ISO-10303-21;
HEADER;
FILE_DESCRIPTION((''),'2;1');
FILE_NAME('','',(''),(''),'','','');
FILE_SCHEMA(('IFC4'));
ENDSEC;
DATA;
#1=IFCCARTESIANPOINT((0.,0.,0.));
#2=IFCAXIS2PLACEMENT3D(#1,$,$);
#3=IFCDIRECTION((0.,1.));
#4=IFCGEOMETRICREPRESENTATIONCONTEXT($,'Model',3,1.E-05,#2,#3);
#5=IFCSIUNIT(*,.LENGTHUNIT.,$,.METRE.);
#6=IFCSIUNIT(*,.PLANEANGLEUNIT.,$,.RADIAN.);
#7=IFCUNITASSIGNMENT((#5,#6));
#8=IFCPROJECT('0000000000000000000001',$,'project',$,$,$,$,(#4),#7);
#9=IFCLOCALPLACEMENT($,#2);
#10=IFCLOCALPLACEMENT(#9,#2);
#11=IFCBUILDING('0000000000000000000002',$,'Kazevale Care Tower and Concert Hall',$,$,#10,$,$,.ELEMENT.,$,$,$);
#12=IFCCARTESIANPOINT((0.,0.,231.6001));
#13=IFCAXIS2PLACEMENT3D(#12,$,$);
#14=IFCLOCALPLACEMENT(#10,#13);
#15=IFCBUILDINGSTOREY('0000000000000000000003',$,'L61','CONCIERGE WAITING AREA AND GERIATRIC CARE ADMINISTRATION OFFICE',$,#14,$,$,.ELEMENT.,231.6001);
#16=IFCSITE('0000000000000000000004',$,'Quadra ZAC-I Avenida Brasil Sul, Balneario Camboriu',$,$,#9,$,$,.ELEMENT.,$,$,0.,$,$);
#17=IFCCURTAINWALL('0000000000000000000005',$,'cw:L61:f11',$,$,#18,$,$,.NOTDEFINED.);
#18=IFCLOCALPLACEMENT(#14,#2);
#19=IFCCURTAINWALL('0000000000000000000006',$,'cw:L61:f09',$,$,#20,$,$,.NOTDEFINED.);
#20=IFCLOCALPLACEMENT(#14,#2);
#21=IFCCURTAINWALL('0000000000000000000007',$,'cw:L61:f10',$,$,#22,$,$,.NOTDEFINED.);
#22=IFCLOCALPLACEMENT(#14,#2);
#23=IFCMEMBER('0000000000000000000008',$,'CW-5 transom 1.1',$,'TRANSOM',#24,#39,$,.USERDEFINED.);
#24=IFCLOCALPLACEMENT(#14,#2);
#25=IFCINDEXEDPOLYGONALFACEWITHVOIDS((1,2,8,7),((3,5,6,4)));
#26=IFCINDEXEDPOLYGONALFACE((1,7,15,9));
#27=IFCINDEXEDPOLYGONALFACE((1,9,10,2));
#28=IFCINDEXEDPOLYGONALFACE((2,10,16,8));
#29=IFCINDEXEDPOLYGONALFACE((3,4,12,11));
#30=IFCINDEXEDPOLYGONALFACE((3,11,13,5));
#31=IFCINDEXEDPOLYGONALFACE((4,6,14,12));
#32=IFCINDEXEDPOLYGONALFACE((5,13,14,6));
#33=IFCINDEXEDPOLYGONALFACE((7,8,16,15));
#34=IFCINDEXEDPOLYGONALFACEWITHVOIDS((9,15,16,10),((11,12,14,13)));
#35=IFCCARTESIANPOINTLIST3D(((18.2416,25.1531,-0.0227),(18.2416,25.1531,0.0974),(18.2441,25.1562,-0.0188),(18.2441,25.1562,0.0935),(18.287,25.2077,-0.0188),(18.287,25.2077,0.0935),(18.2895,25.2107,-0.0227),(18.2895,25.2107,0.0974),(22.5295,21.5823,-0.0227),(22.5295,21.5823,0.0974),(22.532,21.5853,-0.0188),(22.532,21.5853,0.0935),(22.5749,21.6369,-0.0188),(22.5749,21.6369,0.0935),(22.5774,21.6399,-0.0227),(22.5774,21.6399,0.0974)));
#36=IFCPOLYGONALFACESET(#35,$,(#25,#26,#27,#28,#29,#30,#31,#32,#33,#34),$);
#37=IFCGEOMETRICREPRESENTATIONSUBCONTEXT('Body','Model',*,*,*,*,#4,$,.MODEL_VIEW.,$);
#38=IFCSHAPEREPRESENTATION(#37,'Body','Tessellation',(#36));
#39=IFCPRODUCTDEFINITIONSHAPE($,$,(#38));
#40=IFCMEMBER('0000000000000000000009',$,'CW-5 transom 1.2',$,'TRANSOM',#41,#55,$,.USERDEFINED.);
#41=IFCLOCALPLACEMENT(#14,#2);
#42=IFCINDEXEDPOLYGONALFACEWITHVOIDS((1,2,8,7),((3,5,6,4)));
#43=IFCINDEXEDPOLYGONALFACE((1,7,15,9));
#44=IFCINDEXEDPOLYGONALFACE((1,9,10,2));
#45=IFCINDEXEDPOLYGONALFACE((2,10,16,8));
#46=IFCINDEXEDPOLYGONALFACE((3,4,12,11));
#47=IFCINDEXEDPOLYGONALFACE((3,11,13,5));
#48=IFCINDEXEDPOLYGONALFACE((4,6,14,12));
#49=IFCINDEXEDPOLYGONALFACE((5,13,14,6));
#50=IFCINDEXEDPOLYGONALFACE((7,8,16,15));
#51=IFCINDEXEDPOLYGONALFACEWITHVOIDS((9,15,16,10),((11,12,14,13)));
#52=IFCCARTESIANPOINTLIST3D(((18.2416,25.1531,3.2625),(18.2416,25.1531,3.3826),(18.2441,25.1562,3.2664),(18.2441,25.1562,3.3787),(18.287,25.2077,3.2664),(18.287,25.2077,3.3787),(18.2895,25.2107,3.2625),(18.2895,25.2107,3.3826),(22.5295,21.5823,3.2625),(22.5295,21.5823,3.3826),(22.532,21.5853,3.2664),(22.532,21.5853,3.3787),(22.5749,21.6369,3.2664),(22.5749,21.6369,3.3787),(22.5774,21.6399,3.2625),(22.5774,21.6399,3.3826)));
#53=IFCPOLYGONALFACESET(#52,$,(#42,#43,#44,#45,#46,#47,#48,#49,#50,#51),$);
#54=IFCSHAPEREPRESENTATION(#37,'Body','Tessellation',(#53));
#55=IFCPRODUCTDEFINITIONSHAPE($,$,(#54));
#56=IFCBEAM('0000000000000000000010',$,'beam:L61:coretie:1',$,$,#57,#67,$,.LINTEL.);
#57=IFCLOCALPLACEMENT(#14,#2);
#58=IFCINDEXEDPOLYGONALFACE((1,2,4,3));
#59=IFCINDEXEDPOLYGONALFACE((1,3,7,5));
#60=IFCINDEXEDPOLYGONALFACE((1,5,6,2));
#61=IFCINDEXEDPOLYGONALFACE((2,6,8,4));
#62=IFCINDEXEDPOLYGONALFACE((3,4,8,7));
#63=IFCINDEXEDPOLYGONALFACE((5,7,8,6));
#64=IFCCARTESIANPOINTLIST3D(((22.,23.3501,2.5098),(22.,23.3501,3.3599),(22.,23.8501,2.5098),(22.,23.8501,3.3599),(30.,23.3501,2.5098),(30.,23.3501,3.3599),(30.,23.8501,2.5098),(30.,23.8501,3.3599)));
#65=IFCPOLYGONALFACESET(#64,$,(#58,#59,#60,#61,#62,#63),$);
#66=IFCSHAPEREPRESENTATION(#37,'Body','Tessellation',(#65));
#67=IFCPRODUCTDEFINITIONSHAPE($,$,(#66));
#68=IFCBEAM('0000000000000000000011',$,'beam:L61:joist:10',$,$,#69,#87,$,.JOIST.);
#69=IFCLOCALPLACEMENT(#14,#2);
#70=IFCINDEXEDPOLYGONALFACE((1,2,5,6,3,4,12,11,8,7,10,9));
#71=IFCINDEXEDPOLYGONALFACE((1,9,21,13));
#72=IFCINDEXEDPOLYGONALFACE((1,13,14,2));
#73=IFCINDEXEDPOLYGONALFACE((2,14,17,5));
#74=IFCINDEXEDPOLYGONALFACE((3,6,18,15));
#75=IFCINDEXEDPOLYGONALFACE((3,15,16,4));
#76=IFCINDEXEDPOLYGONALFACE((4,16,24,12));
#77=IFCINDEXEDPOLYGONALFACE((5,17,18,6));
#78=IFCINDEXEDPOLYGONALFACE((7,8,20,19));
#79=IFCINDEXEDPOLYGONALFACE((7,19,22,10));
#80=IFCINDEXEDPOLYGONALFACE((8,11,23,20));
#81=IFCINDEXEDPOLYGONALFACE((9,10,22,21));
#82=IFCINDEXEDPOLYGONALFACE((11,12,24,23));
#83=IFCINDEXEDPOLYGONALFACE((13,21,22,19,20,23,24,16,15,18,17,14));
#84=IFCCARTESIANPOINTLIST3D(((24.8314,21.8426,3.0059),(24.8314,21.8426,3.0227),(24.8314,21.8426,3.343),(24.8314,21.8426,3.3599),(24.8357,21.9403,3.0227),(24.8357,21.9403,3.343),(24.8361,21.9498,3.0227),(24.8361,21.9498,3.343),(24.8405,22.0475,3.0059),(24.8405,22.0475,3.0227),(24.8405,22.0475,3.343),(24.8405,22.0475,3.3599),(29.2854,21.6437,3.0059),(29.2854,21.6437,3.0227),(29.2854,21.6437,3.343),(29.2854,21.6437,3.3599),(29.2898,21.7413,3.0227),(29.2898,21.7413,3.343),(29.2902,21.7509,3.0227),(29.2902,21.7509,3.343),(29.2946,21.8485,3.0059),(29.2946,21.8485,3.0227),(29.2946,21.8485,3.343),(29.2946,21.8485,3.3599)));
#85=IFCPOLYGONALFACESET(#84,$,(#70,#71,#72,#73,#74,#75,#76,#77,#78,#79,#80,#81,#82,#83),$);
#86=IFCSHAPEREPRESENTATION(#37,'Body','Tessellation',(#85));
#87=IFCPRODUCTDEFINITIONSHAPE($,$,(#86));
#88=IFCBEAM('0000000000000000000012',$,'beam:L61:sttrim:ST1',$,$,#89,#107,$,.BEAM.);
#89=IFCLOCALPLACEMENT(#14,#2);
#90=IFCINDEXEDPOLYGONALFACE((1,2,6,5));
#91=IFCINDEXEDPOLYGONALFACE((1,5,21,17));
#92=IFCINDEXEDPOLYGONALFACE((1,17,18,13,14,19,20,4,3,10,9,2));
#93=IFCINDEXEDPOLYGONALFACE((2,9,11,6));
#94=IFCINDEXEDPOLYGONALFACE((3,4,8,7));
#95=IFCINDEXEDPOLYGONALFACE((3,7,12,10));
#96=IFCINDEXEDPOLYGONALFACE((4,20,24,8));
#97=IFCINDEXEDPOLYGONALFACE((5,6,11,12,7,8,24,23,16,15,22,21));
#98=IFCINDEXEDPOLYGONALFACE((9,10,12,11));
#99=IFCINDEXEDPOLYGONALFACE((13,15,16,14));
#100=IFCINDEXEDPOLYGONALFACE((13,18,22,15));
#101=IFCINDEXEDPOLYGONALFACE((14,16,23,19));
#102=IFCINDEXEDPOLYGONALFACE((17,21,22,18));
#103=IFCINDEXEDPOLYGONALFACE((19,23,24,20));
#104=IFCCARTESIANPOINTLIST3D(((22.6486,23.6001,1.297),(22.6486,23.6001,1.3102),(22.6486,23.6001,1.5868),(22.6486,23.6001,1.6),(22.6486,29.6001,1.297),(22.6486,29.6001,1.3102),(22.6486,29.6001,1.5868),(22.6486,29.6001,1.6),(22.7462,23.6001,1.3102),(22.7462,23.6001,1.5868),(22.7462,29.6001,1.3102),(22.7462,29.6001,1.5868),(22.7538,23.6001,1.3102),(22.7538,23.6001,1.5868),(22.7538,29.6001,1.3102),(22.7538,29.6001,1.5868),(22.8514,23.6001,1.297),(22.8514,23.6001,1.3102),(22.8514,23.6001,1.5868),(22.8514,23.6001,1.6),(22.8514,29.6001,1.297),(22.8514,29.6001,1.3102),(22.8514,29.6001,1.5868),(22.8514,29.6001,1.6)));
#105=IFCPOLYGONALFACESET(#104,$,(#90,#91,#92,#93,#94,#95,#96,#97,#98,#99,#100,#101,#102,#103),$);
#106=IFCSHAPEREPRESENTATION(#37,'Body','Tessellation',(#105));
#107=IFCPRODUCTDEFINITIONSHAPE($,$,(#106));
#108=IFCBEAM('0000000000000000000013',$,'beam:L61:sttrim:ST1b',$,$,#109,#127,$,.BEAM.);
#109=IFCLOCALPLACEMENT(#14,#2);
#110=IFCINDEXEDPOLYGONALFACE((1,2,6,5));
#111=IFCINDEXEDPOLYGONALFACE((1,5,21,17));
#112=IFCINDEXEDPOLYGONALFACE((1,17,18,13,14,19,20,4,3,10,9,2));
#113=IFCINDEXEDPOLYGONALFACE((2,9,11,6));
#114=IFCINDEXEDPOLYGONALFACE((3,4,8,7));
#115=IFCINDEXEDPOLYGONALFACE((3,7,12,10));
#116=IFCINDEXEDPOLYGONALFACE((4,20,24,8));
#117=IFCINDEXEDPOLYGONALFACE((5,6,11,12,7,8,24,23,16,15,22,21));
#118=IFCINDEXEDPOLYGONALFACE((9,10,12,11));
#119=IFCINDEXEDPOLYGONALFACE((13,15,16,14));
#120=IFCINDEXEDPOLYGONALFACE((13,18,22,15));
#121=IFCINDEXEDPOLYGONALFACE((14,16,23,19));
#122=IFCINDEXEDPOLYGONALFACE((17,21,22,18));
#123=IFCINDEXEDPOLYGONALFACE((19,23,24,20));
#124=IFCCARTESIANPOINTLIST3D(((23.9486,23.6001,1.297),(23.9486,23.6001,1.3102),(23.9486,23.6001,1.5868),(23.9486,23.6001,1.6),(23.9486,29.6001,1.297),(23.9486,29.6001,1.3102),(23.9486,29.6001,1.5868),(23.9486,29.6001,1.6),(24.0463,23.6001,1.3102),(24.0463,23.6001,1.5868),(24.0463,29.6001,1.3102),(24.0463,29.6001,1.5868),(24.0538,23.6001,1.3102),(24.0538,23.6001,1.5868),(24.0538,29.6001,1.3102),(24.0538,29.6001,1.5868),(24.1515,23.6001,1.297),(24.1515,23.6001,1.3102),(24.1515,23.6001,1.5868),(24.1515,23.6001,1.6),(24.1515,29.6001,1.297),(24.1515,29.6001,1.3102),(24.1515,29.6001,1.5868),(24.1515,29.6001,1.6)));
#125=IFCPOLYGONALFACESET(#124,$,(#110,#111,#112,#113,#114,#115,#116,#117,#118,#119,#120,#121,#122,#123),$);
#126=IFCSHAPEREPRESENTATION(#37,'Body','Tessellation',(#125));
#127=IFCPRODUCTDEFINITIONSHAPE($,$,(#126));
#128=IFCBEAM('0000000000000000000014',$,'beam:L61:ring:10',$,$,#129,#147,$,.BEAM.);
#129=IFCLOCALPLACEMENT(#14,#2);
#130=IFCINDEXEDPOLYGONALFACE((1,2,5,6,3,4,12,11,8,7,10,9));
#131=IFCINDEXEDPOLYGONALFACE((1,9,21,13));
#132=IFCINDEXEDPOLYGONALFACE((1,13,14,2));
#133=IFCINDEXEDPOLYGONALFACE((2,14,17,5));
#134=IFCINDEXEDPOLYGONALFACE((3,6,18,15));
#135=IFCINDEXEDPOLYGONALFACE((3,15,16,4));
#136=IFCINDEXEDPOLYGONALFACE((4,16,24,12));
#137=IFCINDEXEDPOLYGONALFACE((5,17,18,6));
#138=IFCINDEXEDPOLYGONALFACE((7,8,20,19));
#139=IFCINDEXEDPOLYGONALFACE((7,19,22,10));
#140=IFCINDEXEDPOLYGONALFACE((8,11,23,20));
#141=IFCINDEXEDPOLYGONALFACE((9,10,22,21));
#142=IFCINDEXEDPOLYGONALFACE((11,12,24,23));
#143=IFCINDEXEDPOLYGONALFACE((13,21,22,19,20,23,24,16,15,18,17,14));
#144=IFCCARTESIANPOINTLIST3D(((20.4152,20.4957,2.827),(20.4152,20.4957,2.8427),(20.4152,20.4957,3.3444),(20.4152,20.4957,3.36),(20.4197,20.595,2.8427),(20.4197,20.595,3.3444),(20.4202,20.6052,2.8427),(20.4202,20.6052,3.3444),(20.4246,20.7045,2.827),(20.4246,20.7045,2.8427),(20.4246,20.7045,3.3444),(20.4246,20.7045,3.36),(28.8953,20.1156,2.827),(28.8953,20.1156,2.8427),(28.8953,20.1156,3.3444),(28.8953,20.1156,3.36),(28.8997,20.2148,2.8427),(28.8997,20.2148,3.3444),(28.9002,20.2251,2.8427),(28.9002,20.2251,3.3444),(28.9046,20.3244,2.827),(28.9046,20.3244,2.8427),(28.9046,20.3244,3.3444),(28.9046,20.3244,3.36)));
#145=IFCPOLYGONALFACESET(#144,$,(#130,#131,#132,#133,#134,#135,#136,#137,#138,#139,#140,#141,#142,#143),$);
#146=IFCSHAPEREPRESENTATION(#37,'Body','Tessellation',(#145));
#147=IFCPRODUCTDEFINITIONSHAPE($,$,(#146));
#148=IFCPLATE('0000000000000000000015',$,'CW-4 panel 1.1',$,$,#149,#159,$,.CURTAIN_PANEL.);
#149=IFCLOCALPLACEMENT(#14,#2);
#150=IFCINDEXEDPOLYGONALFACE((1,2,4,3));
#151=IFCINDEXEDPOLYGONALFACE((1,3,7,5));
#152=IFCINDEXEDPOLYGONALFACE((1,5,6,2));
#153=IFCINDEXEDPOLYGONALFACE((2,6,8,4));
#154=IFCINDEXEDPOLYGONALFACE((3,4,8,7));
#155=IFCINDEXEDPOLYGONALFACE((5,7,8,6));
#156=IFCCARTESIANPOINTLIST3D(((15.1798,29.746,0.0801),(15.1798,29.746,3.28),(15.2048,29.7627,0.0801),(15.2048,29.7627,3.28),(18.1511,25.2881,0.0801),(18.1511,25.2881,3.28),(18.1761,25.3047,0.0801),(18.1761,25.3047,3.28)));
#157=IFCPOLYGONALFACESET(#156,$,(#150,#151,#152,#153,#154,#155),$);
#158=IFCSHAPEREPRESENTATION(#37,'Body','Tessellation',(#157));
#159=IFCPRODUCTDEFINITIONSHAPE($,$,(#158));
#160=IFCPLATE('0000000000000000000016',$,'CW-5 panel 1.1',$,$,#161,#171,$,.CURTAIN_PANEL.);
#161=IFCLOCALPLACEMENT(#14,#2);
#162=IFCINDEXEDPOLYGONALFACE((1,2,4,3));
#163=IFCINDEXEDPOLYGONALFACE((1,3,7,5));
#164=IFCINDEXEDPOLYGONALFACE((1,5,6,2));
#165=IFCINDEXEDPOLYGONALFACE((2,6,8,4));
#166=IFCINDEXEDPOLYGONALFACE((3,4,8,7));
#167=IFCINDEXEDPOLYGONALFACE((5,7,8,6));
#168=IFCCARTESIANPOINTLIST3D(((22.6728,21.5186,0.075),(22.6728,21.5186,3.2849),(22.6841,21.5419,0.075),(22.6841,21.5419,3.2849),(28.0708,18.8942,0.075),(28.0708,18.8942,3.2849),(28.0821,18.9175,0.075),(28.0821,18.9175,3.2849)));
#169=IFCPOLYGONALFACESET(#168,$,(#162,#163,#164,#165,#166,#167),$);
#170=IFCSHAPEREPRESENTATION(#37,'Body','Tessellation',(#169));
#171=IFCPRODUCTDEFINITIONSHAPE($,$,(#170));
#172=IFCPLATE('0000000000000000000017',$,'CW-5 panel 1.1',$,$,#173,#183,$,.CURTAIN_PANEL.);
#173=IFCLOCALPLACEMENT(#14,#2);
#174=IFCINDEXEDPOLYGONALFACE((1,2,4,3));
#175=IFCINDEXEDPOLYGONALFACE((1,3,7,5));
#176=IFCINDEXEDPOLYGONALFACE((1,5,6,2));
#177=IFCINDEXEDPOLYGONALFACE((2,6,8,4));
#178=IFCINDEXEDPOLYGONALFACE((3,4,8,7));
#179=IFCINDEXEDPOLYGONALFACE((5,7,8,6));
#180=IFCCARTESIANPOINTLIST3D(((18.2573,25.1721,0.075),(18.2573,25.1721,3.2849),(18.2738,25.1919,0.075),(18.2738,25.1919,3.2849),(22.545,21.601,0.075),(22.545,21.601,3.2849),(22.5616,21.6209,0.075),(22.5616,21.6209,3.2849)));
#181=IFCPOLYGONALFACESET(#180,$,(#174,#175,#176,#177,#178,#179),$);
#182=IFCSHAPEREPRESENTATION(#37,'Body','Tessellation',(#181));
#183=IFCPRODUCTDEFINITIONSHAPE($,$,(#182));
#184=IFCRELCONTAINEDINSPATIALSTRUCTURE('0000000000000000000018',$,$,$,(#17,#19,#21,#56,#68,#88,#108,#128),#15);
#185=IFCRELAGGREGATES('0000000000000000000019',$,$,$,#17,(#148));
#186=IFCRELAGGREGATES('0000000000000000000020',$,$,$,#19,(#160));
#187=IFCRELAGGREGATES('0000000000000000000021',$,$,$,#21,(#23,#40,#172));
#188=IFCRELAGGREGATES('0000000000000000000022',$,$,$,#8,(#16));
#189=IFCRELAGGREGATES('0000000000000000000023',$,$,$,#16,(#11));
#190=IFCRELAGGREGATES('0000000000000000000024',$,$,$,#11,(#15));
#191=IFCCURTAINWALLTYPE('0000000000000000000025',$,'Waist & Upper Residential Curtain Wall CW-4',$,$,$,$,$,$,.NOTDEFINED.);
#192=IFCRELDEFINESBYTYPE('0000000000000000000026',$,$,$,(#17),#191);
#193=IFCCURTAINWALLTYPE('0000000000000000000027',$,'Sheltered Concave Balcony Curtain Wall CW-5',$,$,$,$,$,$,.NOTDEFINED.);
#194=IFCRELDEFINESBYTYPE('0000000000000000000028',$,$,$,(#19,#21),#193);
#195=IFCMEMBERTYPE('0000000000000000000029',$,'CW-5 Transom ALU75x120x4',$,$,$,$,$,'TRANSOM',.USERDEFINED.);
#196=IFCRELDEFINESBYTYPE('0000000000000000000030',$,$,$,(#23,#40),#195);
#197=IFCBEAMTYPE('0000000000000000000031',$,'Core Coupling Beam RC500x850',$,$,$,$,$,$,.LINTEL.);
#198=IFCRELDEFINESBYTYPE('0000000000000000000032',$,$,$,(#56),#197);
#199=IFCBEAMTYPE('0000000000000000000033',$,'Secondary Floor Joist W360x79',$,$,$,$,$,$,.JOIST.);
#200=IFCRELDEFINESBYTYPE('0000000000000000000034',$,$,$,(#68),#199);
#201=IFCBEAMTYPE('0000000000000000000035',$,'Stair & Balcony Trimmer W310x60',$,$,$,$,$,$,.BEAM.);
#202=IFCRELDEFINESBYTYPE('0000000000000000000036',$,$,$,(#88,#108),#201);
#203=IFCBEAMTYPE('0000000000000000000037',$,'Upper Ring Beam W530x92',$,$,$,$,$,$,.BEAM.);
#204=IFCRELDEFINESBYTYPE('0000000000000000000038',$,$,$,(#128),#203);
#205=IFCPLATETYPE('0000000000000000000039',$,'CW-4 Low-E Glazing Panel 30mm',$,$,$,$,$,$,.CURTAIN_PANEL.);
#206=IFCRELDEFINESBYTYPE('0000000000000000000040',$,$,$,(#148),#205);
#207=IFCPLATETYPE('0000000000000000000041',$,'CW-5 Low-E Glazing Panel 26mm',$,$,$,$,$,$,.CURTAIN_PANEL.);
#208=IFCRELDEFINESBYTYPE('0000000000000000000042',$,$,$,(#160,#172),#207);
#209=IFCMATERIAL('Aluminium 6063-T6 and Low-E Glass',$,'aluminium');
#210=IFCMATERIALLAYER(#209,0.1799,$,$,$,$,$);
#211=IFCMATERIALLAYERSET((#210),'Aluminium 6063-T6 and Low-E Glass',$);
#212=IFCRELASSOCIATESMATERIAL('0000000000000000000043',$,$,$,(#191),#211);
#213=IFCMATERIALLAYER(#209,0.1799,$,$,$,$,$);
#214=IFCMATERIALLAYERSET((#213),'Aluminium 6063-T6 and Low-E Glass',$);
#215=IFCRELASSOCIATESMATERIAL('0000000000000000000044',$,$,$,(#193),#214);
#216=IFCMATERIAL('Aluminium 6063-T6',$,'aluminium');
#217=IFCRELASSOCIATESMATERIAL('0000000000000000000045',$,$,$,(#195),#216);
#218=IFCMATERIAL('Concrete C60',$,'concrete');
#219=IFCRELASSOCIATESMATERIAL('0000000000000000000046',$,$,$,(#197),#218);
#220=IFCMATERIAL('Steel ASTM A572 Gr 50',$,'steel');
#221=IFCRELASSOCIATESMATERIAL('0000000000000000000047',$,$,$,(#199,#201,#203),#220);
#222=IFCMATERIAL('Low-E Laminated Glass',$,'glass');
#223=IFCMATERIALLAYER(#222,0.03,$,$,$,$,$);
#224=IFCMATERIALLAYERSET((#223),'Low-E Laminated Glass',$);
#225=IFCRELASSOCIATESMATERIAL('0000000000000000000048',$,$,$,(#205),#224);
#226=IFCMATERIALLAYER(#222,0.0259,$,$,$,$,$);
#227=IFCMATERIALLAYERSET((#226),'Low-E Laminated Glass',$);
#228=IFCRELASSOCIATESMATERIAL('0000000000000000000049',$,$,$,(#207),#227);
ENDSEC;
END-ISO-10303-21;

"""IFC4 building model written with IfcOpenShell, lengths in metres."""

from ifc_helpers import new_model, si_unit, direction, frame, origin, origin_2d, place, context, subcontext, project, spatial, rectangle, hollow_rectangle, i_section, extrude, material, layer, layer_set, material_profile, profile_set, type_object, element, aggregate, save


model = new_model("IFC4")

# Units and contexts
model_context = context("Model", 3, precision=1e-05, world=origin(), true_north=direction((0.0, 1.0)))
body_context = subcontext(model_context, "Body", "Model", "MODEL_VIEW")
ifc_project = project(units=[si_unit("LENGTHUNIT", "METRE"), si_unit("PLANEANGLEUNIT", "RADIAN")], contexts=[model_context])

# Site, building, storey
site_placement = place(None, origin())
site = spatial("IfcSite", under=ifc_project, at=site_placement, Name="Quadra ZAC-I Avenida Brasil Sul, Balneario Camboriu", CompositionType="ELEMENT", RefElevation=0.0)
building_placement = place(site_placement, origin())
building = spatial("IfcBuilding", under=site, at=building_placement, Name="Kazevale Care Tower and Concert Hall", CompositionType="ELEMENT")
storey_placement = place(building_placement, frame((0.0, 0.0, 231.6001)))
storey = spatial("IfcBuildingStorey", under=building, at=storey_placement, Name="L61", Description="CONCIERGE WAITING AREA AND GERIATRIC CARE ADMINISTRATION OFFICE", CompositionType="ELEMENT", Elevation=231.6001)

# Curtain wall
ifc_material_1 = material(Name="Aluminium 6063-T6 and Low-E Glass", Category="aluminium")
ifc_layer_1 = layer(ifc_material_1, 0.1799)
ifc_layer_set_1 = layer_set([ifc_layer_1], Name="Aluminium 6063-T6 and Low-E Glass")
curtain_wall_type_1 = type_object("IfcCurtainWallType", Name="Waist & Upper Residential Curtain Wall CW-4", PredefinedType="NOTDEFINED", material=ifc_layer_set_1)
curtain_wall_1_placement = place(storey_placement, origin())
curtain_wall_1 = element("IfcCurtainWall", 1, at=curtain_wall_1_placement, inside=storey, type_object=curtain_wall_type_1, Name="cw:L61:f11", PredefinedType="NOTDEFINED")
ifc_material_2 = material(Name="Aluminium 6063-T6", Category="aluminium")

# Curtain wall
ifc_layer_2 = layer(ifc_material_1, 0.1799)
ifc_layer_set_2 = layer_set([ifc_layer_2], Name="Aluminium 6063-T6 and Low-E Glass")
curtain_wall_type_2 = type_object("IfcCurtainWallType", Name="Sheltered Concave Balcony Curtain Wall CW-5", PredefinedType="NOTDEFINED", material=ifc_layer_set_2)
curtain_wall_2_placement = place(storey_placement, origin())
curtain_wall_2 = element("IfcCurtainWall", 2, at=curtain_wall_2_placement, inside=storey, type_object=curtain_wall_type_2, Name="cw:L61:f09", PredefinedType="NOTDEFINED")

# Curtain wall, members
curtain_wall_3_placement = place(storey_placement, origin())
curtain_wall_3 = element("IfcCurtainWall", 3, at=curtain_wall_3_placement, inside=storey, type_object=curtain_wall_type_2, Name="cw:L61:f10", PredefinedType="NOTDEFINED")
ifc_material_profile_1 = material_profile(ifc_material_2, hollow_rectangle(XDim=0.075, YDim=0.1201, WallThickness=0.0039, at=origin_2d()), Name="ALU75x120x4")
ifc_profile_set_1 = profile_set([ifc_material_profile_1], Name="Aluminium 6063-T6")
member_type_1 = type_object("IfcMemberType", Name="CW-5 Transom ALU75x120x4", ElementType="TRANSOM", PredefinedType="USERDEFINED", material=ifc_profile_set_1)
member_1_placement = place(storey_placement, frame((22.5535, 21.6111, 0.0374), z_axis=(-0.768433, 0.63993, 0.0), x_axis=(-0.63993, -0.768433, 0.0)))
member_1 = element("IfcMember", 4, at=member_1_placement, type_object=member_type_1, Name="CW-5 transom 1.1", ObjectType="TRANSOM", PredefinedType="USERDEFINED", context=body_context, shape_type="SweptSolid", body=[
    extrude(hollow_rectangle(XDim=0.075, YDim=0.1201, WallThickness=0.0039, at=origin_2d()), origin(), (0.0, 0.0, 1.0), 5.5801),
])
member_2_placement = place(storey_placement, frame((22.5535, 21.6111, 3.3225), z_axis=(-0.768433, 0.63993, 0.0), x_axis=(-0.63993, -0.768433, 0.0)))
member_2 = element("IfcMember", 5, at=member_2_placement, type_object=member_type_1, Name="CW-5 transom 1.2", ObjectType="TRANSOM", PredefinedType="USERDEFINED", context=body_context, shape_type="SweptSolid", body=[
    extrude(hollow_rectangle(XDim=0.075, YDim=0.1201, WallThickness=0.0039, at=origin_2d()), origin(), (0.0, 0.0, 1.0), 5.5801),
])

# Beams
ifc_material_3 = material(Name="Concrete C60", Category="concrete")
ifc_material_profile_2 = material_profile(ifc_material_3, rectangle(XDim=0.5, YDim=0.8501, at=origin_2d()), Name="RC-B500x850")
ifc_profile_set_2 = profile_set([ifc_material_profile_2], Name="Concrete C60")
beam_type_1 = type_object("IfcBeamType", Name="Core Coupling Beam RC500x850", PredefinedType="LINTEL", material=ifc_profile_set_2)
beam_1_placement = place(storey_placement, frame((22.0, 23.6001, 2.9348), z_axis=(1.0, 0.0, 0.0), x_axis=(0.0, 1.0, 0.0)))
element("IfcBeam", 6, at=beam_1_placement, inside=storey, type_object=beam_type_1, Name="beam:L61:coretie:1", PredefinedType="LINTEL", context=body_context, shape_type="SweptSolid", body=[
    extrude(rectangle(XDim=0.5, YDim=0.8501, at=origin_2d()), origin(), (0.0, 0.0, 1.0), 8.0),
])
ifc_material_4 = material(Name="Steel ASTM A572 Gr 50", Category="steel")
ifc_material_profile_3 = material_profile(ifc_material_4, i_section(OverallWidth=0.2051, OverallDepth=0.354, WebThickness=0.0095, FlangeThickness=0.0168, at=origin_2d()), Name="W360x79")
ifc_profile_set_3 = profile_set([ifc_material_profile_3], Name="Steel ASTM A572 Gr 50")
beam_type_2 = type_object("IfcBeamType", Name="Secondary Floor Joist W360x79", PredefinedType="JOIST", material=ifc_profile_set_3)
beam_2_placement = place(storey_placement, frame((24.8359, 21.9451, 3.1829), z_axis=(0.999004, -0.044628, 0.0), x_axis=(0.044628, 0.999004, 0.0)))
element("IfcBeam", 7, at=beam_2_placement, inside=storey, type_object=beam_type_2, Name="beam:L61:joist:10", PredefinedType="JOIST", context=body_context, shape_type="SweptSolid", body=[
    extrude(i_section(OverallWidth=0.2051, OverallDepth=0.354, WebThickness=0.0095, FlangeThickness=0.0168, at=origin_2d()), origin(), (0.0, 0.0, 1.0), 4.4585),
])
ifc_material_profile_4 = material_profile(ifc_material_4, i_section(OverallWidth=0.2029, OverallDepth=0.303, WebThickness=0.0076, FlangeThickness=0.0132, at=origin_2d()), Name="W310x60")
ifc_profile_set_4 = profile_set([ifc_material_profile_4], Name="Steel ASTM A572 Gr 50")
beam_type_3 = type_object("IfcBeamType", Name="Stair & Balcony Trimmer W310x60", PredefinedType="BEAM", material=ifc_profile_set_4)
for number, where, z_axis, x_axis, name in (
    (8, (22.75, 23.6001, 1.4485), (0.0, 1.0, 0.0), (-1.0, 0.0, 0.0), "beam:L61:sttrim:ST1"),
    (9, (24.05, 23.6001, 1.4485), (0.0, 1.0, 0.0), (-1.0, 0.0, 0.0), "beam:L61:sttrim:ST1b"),
):
    element("IfcBeam", number, at=place(storey_placement, frame(where, z_axis=z_axis, x_axis=x_axis)), inside=storey, type_object=beam_type_3, Name=name, PredefinedType="BEAM", context=body_context, shape_type="SweptSolid", body=[
        extrude(i_section(OverallWidth=0.2029, OverallDepth=0.303, WebThickness=0.0076, FlangeThickness=0.0132, at=origin_2d()), origin(), (0.0, 0.0, 1.0), 6.0),
    ])
ifc_material_profile_5 = material_profile(ifc_material_4, i_section(OverallWidth=0.209, OverallDepth=0.533, WebThickness=0.0103, FlangeThickness=0.0156, at=origin_2d()), Name="W530x92")
ifc_profile_set_5 = profile_set([ifc_material_profile_5], Name="Steel ASTM A572 Gr 50")
beam_type_4 = type_object("IfcBeamType", Name="Upper Ring Beam W530x92", PredefinedType="BEAM", material=ifc_profile_set_5)
beam_3_placement = place(storey_placement, frame((20.4199, 20.6001, 3.0935), z_axis=(0.998997, -0.044781, 0.0), x_axis=(0.044781, 0.998997, 0.0)))
element("IfcBeam", 10, at=beam_3_placement, inside=storey, type_object=beam_type_4, Name="beam:L61:ring:10", PredefinedType="BEAM", context=body_context, shape_type="SweptSolid", body=[
    extrude(i_section(OverallWidth=0.209, OverallDepth=0.533, WebThickness=0.0103, FlangeThickness=0.0156, at=origin_2d()), origin(), (0.0, 0.0, 1.0), 8.4885),
])

# Plates
ifc_material_5 = material(Name="Low-E Laminated Glass", Category="glass")
ifc_layer_3 = layer(ifc_material_5, 0.03)
ifc_layer_set_3 = layer_set([ifc_layer_3], Name="Low-E Laminated Glass")
plate_type_1 = type_object("IfcPlateType", Name="CW-4 Low-E Glazing Panel 30mm", PredefinedType="CURTAIN_PANEL", material=ifc_layer_set_3)
plate_1_placement = place(storey_placement, frame((16.678, 27.5254, 0.0801), z_axis=(0.0, 0.0, 1.0), x_axis=(-0.554617, 0.832106, 0.0)))
plate_1 = element("IfcPlate", 11, at=plate_1_placement, type_object=plate_type_1, Name="CW-4 panel 1.1", PredefinedType="CURTAIN_PANEL", context=body_context, shape_type="SweptSolid", body=[
    extrude(rectangle(XDim=5.3574, YDim=0.03, at=origin_2d()), origin(), (0.0, 0.0, 1.0), 3.2),
])
aggregate(curtain_wall_1, [plate_1])
ifc_layer_4 = layer(ifc_material_5, 0.0259)
ifc_layer_set_4 = layer_set([ifc_layer_4], Name="Low-E Laminated Glass")
plate_type_2 = type_object("IfcPlateType", Name="CW-5 Low-E Glazing Panel 26mm", PredefinedType="CURTAIN_PANEL", material=ifc_layer_set_4)
plate_2_placement = place(storey_placement, frame((25.3774, 20.218, 0.075), z_axis=(0.0, 0.0, 1.0), x_axis=(-0.899346, 0.437238, 0.0)))
plate_2 = element("IfcPlate", 12, at=plate_2_placement, type_object=plate_type_2, Name="CW-5 panel 1.1", PredefinedType="CURTAIN_PANEL", context=body_context, shape_type="SweptSolid", body=[
    extrude(rectangle(XDim=6.0022, YDim=0.0259, at=origin_2d()), origin(), (0.0, 0.0, 1.0), 3.21),
])
aggregate(curtain_wall_2, [plate_2])
plate_3_placement = place(storey_placement, frame((20.4094, 23.3965, 0.075), z_axis=(0.0, 0.0, 1.0), x_axis=(-0.768407, 0.639961, 0.0)))
plate_3 = element("IfcPlate", 13, at=plate_3_placement, type_object=plate_type_2, Name="CW-5 panel 1.1", PredefinedType="CURTAIN_PANEL", context=body_context, shape_type="SweptSolid", body=[
    extrude(rectangle(XDim=5.5801, YDim=0.0259, at=origin_2d()), origin(), (0.0, 0.0, 1.0), 3.21),
])
aggregate(curtain_wall_3, [member_1, member_2, plate_3])

save(model, "model.ifc")
